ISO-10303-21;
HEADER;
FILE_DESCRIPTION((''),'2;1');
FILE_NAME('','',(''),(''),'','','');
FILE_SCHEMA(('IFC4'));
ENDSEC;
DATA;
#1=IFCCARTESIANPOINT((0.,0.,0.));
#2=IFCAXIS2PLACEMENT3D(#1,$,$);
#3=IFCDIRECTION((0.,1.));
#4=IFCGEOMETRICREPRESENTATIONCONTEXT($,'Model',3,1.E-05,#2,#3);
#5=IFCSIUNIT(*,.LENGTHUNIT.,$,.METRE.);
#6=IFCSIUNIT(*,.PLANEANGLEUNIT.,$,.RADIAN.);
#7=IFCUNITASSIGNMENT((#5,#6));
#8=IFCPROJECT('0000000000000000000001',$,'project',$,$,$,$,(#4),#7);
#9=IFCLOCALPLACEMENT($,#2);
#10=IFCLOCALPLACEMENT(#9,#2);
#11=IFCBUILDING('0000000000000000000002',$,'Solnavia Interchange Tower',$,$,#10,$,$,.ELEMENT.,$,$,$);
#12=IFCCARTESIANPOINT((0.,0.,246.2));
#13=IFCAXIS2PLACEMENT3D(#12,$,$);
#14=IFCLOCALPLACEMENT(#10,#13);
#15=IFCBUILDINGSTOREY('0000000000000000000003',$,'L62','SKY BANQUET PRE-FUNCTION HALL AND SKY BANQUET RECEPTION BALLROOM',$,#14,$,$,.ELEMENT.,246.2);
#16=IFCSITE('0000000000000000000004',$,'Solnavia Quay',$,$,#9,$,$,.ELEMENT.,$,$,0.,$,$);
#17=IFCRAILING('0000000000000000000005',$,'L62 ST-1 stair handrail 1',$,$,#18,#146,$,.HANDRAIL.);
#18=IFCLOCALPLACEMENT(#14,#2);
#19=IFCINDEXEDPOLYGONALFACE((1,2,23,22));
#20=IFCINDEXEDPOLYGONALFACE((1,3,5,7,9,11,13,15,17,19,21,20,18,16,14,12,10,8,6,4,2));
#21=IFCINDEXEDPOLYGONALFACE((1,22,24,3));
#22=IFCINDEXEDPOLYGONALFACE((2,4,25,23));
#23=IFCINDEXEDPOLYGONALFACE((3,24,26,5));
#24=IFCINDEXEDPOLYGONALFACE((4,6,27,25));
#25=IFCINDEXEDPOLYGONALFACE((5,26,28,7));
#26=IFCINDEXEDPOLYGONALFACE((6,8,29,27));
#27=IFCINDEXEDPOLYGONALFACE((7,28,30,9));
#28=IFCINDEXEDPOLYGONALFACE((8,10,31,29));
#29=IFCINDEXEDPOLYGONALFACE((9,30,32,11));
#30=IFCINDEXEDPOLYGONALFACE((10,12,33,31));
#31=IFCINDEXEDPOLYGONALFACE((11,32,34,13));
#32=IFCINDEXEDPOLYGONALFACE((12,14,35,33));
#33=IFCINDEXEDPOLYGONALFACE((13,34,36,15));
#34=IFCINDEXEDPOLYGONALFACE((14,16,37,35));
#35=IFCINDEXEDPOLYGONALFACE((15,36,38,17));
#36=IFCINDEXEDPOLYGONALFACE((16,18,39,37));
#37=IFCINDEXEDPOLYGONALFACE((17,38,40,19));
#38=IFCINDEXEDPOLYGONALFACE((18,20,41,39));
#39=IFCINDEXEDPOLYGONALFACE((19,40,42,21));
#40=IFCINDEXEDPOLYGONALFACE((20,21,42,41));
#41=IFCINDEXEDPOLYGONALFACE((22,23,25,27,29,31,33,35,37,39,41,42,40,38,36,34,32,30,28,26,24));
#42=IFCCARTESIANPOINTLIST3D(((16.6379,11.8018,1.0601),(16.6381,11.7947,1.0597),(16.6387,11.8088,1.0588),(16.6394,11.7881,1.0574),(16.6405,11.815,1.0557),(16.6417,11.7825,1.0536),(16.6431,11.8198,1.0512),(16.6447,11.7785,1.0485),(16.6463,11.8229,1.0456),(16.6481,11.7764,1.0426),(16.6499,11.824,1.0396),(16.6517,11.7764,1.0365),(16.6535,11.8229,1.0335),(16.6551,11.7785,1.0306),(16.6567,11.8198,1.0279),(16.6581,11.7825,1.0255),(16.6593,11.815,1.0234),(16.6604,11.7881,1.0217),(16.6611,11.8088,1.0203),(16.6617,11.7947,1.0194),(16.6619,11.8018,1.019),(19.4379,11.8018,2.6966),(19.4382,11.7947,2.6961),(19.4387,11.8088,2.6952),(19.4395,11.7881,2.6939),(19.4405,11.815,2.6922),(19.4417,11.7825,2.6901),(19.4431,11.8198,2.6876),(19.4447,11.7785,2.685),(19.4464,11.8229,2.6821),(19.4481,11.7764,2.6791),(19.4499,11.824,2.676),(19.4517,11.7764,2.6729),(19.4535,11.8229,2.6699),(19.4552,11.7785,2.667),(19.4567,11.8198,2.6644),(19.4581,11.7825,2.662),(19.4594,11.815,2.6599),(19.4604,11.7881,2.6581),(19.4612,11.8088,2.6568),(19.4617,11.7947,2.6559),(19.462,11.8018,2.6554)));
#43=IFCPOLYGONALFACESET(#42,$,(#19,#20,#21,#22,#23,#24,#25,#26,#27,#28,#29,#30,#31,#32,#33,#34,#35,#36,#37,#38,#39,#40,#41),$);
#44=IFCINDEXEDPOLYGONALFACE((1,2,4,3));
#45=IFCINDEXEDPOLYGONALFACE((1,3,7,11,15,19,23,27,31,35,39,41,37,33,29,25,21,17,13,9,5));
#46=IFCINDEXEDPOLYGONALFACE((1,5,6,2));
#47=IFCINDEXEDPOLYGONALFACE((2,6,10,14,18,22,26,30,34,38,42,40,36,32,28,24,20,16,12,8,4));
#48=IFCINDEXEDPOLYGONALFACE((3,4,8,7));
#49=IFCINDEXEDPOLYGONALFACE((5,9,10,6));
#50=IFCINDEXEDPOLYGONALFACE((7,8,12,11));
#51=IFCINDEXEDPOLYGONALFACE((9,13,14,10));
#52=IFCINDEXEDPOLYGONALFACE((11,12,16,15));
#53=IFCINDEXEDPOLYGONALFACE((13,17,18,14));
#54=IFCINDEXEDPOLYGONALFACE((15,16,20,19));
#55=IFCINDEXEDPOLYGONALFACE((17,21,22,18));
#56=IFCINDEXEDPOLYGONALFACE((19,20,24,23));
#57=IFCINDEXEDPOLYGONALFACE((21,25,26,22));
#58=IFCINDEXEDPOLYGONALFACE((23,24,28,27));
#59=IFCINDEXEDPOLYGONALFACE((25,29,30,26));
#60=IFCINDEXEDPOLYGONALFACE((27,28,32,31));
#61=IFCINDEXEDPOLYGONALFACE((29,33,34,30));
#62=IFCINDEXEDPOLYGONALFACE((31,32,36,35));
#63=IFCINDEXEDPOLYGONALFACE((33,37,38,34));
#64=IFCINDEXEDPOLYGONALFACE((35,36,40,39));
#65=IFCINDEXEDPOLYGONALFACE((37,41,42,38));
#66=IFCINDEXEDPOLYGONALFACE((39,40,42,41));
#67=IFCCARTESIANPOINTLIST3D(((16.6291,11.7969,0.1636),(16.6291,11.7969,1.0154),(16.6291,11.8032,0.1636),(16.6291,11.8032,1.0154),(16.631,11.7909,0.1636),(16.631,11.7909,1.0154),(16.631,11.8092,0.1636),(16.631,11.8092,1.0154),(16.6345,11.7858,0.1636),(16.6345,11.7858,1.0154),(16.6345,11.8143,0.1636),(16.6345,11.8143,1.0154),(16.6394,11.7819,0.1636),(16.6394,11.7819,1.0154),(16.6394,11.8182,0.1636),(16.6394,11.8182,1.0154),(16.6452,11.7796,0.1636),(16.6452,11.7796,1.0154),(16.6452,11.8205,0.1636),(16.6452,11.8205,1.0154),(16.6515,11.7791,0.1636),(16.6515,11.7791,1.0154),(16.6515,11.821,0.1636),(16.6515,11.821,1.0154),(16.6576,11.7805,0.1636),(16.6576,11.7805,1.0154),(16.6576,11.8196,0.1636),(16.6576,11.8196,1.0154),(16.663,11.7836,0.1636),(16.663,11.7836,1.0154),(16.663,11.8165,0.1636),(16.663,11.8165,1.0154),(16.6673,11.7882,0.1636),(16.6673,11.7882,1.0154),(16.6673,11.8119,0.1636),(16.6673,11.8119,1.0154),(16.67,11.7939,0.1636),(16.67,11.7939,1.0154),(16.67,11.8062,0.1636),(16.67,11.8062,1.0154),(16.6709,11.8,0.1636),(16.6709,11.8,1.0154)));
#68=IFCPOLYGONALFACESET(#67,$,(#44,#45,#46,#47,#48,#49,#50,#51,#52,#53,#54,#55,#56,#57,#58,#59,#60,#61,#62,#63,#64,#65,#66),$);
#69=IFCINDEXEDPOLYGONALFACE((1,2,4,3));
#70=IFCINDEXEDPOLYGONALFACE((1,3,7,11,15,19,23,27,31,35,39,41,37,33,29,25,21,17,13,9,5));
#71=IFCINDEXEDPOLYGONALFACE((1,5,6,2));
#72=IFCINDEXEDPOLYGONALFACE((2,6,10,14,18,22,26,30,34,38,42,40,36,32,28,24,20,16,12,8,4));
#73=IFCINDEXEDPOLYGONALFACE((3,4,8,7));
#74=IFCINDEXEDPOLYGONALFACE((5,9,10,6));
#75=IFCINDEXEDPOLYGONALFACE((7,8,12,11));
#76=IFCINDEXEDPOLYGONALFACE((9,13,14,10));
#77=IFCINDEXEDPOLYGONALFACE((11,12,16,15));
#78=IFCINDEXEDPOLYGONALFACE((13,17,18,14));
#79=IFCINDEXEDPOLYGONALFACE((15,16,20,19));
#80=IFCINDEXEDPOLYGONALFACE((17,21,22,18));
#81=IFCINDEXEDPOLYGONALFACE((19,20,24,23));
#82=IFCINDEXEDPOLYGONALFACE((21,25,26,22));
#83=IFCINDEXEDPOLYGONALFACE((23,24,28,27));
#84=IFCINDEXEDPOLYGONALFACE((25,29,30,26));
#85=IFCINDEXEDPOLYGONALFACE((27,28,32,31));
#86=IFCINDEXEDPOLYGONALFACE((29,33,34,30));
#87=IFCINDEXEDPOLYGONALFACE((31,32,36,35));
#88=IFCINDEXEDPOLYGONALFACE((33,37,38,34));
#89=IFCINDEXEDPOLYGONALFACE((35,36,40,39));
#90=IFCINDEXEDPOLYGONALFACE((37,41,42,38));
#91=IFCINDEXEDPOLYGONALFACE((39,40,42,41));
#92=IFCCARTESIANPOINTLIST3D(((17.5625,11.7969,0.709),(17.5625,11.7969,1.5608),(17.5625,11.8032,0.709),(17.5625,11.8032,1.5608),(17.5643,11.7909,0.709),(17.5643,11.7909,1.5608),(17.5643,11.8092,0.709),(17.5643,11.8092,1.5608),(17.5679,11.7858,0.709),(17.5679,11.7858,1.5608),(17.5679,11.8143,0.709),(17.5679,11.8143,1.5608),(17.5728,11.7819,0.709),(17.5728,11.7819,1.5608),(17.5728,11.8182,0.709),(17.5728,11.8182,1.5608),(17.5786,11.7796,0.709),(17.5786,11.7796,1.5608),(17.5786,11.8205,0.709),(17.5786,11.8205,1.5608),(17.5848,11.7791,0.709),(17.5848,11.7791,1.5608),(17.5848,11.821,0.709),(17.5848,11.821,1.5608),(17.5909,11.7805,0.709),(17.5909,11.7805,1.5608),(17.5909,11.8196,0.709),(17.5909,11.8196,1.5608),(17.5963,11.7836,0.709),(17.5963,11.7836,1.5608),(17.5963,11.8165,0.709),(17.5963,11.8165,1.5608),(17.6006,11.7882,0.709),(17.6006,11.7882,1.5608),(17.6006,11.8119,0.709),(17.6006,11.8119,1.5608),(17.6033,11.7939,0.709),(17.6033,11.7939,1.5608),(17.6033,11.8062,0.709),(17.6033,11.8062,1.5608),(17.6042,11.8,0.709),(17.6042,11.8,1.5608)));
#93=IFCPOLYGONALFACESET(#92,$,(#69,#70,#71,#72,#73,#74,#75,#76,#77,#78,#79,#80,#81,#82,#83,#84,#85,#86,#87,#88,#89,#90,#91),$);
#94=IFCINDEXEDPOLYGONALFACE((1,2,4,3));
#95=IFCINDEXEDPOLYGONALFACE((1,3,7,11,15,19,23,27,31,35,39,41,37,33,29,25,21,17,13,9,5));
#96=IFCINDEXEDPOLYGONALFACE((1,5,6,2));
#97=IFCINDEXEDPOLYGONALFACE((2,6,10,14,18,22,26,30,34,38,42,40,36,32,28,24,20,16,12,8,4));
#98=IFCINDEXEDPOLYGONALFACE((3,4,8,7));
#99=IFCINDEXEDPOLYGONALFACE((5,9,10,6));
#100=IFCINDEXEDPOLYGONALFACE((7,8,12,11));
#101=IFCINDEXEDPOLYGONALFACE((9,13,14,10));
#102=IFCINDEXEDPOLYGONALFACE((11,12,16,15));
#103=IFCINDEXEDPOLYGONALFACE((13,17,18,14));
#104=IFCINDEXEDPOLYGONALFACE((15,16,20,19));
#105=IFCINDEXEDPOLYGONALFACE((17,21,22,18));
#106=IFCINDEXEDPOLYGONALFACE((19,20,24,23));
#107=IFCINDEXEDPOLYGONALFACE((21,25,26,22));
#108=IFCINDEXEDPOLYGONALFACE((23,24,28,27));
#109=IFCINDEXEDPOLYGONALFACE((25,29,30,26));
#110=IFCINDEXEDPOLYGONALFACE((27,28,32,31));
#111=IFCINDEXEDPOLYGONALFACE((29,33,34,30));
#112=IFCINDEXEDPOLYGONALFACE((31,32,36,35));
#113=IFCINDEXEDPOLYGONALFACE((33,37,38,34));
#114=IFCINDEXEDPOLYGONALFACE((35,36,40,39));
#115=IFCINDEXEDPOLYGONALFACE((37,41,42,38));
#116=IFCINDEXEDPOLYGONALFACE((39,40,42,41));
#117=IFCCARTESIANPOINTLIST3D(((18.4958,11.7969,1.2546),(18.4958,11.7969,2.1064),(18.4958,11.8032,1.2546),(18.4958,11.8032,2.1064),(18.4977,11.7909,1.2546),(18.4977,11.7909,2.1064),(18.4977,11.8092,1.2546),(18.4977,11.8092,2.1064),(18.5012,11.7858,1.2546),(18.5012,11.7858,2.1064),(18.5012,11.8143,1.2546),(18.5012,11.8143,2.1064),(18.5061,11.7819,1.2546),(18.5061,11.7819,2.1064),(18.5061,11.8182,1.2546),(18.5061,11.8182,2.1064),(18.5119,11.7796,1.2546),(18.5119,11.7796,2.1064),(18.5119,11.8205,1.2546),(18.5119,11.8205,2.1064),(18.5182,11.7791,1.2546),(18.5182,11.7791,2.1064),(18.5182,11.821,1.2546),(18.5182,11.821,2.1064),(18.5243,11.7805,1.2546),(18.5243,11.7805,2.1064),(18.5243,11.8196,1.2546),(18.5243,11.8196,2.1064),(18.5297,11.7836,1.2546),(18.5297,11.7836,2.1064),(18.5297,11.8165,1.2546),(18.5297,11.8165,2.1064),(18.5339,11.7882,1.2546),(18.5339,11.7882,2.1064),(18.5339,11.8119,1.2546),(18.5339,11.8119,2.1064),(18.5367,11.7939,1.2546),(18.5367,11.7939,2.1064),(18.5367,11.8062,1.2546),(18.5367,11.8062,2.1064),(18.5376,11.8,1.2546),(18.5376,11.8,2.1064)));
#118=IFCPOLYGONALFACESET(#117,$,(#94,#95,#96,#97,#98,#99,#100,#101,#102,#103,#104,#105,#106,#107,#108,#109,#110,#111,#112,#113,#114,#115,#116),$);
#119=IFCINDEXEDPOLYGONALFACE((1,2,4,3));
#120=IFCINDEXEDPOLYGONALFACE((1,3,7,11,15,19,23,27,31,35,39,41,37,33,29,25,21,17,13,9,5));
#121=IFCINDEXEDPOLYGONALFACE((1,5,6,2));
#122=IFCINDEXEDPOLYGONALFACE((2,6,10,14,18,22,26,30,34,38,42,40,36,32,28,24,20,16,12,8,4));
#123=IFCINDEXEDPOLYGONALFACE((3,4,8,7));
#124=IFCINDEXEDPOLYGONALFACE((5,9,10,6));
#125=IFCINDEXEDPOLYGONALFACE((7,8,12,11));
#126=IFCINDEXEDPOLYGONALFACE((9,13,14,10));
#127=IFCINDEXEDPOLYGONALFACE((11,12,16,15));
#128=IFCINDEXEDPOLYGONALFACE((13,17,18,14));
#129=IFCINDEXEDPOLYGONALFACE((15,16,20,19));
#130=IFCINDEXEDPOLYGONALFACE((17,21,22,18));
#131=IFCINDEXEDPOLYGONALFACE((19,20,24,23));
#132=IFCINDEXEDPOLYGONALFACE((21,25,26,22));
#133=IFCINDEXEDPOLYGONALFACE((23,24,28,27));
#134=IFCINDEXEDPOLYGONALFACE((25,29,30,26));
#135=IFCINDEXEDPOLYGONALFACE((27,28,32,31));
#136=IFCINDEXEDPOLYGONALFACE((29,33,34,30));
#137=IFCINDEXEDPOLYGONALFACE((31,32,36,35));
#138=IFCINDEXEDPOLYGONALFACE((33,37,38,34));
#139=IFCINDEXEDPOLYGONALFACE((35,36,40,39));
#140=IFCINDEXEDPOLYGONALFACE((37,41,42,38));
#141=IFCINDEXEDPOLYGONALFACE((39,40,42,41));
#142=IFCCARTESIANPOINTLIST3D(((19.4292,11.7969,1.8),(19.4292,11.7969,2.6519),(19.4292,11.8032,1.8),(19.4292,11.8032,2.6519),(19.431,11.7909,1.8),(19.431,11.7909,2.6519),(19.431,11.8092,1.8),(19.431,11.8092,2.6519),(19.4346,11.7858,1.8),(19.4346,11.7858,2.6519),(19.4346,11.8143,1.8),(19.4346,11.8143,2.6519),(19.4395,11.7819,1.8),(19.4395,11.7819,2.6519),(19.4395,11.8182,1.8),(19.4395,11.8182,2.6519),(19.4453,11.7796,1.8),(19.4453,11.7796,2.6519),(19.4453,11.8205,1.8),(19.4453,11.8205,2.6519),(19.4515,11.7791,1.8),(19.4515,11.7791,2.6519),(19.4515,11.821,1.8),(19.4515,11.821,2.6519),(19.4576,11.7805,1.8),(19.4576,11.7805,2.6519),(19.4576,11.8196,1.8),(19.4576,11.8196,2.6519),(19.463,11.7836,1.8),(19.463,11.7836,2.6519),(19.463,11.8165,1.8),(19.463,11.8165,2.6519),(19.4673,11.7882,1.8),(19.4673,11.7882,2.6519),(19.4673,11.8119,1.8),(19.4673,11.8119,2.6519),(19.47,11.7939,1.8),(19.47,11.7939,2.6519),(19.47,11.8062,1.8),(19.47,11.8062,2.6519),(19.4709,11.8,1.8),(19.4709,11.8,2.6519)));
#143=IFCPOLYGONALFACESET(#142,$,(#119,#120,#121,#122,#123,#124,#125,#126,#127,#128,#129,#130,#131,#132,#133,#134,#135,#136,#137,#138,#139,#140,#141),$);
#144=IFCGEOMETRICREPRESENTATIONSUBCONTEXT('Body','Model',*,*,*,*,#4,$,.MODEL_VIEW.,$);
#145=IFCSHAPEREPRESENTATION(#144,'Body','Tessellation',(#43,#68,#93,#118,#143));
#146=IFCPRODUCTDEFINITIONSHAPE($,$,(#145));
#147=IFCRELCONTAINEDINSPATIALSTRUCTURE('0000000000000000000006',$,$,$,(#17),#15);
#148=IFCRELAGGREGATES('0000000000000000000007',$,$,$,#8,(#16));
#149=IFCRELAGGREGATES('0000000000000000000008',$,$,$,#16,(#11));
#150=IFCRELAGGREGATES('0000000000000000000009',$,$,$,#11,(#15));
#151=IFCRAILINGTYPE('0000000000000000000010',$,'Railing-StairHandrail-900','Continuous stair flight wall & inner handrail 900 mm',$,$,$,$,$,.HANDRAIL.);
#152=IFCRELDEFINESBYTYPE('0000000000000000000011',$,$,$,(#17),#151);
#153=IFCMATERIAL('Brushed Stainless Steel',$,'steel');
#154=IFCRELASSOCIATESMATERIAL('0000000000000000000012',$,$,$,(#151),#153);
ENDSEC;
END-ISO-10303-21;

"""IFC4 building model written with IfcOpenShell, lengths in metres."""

from ifc_helpers import new_model, si_unit, direction, frame, origin, origin_2d, place, context, subcontext, project, spatial, circle, extrude, material, type_object, element, save


model = new_model("IFC4")

# Units and contexts
model_context = context("Model", 3, precision=1e-05, world=origin(), true_north=direction((0.0, 1.0)))
body_context = subcontext(model_context, "Body", "Model", "MODEL_VIEW")
ifc_project = project(units=[si_unit("LENGTHUNIT", "METRE"), si_unit("PLANEANGLEUNIT", "RADIAN")], contexts=[model_context])

# Site, building, storey
site_placement = place(None, origin())
site = spatial("IfcSite", under=ifc_project, at=site_placement, Name="Solnavia Quay", CompositionType="ELEMENT", RefElevation=0.0)
building_placement = place(site_placement, origin())
building = spatial("IfcBuilding", under=site, at=building_placement, Name="Solnavia Interchange Tower", CompositionType="ELEMENT")
storey_placement = place(building_placement, frame((0.0, 0.0, 246.2)))
storey = spatial("IfcBuildingStorey", under=building, at=storey_placement, Name="L62", Description="SKY BANQUET PRE-FUNCTION HALL AND SKY BANQUET RECEPTION BALLROOM", CompositionType="ELEMENT", Elevation=246.2)

# Railing
ifc_material_1 = material(Name="Brushed Stainless Steel", Category="steel")
railing_type_1 = type_object("IfcRailingType", Name="Railing-StairHandrail-900", Description="Continuous stair flight wall & inner handrail 900 mm", PredefinedType="HANDRAIL", material=ifc_material_1)
railing_1_placement = place(storey_placement, frame((16.6499, 11.8, 0.1636)))
element("IfcRailing", 1, at=railing_1_placement, inside=storey, type_object=railing_type_1, Name="L62 ST-1 stair handrail 1", PredefinedType="HANDRAIL", context=body_context, shape_type="SweptSolid", body=[
    extrude(circle(Radius=0.0239, at=origin_2d()), frame((0.0, 0.0, 0.876), z_axis=(0.863361, 0.0, 0.504587), x_axis=(0.0, 1.0, 0.0)), (0.0, 0.0, 1.0), 3.2432),
    extrude(circle(Radius=0.021, at=origin_2d()), origin(), (0.0, 0.0, 1.0), 0.8518),
    extrude(circle(Radius=0.021, at=origin_2d()), frame((0.9333, 0.0, 0.5454)), (0.0, 0.0, 1.0), 0.8518),
    extrude(circle(Radius=0.021, at=origin_2d()), frame((1.8667, 0.0, 1.0911)), (0.0, 0.0, 1.0), 0.8518),
    extrude(circle(Radius=0.021, at=origin_2d()), frame((2.8, 0.0, 1.6365)), (0.0, 0.0, 1.0), 0.8518),
])

save(model, "model.ifc")
